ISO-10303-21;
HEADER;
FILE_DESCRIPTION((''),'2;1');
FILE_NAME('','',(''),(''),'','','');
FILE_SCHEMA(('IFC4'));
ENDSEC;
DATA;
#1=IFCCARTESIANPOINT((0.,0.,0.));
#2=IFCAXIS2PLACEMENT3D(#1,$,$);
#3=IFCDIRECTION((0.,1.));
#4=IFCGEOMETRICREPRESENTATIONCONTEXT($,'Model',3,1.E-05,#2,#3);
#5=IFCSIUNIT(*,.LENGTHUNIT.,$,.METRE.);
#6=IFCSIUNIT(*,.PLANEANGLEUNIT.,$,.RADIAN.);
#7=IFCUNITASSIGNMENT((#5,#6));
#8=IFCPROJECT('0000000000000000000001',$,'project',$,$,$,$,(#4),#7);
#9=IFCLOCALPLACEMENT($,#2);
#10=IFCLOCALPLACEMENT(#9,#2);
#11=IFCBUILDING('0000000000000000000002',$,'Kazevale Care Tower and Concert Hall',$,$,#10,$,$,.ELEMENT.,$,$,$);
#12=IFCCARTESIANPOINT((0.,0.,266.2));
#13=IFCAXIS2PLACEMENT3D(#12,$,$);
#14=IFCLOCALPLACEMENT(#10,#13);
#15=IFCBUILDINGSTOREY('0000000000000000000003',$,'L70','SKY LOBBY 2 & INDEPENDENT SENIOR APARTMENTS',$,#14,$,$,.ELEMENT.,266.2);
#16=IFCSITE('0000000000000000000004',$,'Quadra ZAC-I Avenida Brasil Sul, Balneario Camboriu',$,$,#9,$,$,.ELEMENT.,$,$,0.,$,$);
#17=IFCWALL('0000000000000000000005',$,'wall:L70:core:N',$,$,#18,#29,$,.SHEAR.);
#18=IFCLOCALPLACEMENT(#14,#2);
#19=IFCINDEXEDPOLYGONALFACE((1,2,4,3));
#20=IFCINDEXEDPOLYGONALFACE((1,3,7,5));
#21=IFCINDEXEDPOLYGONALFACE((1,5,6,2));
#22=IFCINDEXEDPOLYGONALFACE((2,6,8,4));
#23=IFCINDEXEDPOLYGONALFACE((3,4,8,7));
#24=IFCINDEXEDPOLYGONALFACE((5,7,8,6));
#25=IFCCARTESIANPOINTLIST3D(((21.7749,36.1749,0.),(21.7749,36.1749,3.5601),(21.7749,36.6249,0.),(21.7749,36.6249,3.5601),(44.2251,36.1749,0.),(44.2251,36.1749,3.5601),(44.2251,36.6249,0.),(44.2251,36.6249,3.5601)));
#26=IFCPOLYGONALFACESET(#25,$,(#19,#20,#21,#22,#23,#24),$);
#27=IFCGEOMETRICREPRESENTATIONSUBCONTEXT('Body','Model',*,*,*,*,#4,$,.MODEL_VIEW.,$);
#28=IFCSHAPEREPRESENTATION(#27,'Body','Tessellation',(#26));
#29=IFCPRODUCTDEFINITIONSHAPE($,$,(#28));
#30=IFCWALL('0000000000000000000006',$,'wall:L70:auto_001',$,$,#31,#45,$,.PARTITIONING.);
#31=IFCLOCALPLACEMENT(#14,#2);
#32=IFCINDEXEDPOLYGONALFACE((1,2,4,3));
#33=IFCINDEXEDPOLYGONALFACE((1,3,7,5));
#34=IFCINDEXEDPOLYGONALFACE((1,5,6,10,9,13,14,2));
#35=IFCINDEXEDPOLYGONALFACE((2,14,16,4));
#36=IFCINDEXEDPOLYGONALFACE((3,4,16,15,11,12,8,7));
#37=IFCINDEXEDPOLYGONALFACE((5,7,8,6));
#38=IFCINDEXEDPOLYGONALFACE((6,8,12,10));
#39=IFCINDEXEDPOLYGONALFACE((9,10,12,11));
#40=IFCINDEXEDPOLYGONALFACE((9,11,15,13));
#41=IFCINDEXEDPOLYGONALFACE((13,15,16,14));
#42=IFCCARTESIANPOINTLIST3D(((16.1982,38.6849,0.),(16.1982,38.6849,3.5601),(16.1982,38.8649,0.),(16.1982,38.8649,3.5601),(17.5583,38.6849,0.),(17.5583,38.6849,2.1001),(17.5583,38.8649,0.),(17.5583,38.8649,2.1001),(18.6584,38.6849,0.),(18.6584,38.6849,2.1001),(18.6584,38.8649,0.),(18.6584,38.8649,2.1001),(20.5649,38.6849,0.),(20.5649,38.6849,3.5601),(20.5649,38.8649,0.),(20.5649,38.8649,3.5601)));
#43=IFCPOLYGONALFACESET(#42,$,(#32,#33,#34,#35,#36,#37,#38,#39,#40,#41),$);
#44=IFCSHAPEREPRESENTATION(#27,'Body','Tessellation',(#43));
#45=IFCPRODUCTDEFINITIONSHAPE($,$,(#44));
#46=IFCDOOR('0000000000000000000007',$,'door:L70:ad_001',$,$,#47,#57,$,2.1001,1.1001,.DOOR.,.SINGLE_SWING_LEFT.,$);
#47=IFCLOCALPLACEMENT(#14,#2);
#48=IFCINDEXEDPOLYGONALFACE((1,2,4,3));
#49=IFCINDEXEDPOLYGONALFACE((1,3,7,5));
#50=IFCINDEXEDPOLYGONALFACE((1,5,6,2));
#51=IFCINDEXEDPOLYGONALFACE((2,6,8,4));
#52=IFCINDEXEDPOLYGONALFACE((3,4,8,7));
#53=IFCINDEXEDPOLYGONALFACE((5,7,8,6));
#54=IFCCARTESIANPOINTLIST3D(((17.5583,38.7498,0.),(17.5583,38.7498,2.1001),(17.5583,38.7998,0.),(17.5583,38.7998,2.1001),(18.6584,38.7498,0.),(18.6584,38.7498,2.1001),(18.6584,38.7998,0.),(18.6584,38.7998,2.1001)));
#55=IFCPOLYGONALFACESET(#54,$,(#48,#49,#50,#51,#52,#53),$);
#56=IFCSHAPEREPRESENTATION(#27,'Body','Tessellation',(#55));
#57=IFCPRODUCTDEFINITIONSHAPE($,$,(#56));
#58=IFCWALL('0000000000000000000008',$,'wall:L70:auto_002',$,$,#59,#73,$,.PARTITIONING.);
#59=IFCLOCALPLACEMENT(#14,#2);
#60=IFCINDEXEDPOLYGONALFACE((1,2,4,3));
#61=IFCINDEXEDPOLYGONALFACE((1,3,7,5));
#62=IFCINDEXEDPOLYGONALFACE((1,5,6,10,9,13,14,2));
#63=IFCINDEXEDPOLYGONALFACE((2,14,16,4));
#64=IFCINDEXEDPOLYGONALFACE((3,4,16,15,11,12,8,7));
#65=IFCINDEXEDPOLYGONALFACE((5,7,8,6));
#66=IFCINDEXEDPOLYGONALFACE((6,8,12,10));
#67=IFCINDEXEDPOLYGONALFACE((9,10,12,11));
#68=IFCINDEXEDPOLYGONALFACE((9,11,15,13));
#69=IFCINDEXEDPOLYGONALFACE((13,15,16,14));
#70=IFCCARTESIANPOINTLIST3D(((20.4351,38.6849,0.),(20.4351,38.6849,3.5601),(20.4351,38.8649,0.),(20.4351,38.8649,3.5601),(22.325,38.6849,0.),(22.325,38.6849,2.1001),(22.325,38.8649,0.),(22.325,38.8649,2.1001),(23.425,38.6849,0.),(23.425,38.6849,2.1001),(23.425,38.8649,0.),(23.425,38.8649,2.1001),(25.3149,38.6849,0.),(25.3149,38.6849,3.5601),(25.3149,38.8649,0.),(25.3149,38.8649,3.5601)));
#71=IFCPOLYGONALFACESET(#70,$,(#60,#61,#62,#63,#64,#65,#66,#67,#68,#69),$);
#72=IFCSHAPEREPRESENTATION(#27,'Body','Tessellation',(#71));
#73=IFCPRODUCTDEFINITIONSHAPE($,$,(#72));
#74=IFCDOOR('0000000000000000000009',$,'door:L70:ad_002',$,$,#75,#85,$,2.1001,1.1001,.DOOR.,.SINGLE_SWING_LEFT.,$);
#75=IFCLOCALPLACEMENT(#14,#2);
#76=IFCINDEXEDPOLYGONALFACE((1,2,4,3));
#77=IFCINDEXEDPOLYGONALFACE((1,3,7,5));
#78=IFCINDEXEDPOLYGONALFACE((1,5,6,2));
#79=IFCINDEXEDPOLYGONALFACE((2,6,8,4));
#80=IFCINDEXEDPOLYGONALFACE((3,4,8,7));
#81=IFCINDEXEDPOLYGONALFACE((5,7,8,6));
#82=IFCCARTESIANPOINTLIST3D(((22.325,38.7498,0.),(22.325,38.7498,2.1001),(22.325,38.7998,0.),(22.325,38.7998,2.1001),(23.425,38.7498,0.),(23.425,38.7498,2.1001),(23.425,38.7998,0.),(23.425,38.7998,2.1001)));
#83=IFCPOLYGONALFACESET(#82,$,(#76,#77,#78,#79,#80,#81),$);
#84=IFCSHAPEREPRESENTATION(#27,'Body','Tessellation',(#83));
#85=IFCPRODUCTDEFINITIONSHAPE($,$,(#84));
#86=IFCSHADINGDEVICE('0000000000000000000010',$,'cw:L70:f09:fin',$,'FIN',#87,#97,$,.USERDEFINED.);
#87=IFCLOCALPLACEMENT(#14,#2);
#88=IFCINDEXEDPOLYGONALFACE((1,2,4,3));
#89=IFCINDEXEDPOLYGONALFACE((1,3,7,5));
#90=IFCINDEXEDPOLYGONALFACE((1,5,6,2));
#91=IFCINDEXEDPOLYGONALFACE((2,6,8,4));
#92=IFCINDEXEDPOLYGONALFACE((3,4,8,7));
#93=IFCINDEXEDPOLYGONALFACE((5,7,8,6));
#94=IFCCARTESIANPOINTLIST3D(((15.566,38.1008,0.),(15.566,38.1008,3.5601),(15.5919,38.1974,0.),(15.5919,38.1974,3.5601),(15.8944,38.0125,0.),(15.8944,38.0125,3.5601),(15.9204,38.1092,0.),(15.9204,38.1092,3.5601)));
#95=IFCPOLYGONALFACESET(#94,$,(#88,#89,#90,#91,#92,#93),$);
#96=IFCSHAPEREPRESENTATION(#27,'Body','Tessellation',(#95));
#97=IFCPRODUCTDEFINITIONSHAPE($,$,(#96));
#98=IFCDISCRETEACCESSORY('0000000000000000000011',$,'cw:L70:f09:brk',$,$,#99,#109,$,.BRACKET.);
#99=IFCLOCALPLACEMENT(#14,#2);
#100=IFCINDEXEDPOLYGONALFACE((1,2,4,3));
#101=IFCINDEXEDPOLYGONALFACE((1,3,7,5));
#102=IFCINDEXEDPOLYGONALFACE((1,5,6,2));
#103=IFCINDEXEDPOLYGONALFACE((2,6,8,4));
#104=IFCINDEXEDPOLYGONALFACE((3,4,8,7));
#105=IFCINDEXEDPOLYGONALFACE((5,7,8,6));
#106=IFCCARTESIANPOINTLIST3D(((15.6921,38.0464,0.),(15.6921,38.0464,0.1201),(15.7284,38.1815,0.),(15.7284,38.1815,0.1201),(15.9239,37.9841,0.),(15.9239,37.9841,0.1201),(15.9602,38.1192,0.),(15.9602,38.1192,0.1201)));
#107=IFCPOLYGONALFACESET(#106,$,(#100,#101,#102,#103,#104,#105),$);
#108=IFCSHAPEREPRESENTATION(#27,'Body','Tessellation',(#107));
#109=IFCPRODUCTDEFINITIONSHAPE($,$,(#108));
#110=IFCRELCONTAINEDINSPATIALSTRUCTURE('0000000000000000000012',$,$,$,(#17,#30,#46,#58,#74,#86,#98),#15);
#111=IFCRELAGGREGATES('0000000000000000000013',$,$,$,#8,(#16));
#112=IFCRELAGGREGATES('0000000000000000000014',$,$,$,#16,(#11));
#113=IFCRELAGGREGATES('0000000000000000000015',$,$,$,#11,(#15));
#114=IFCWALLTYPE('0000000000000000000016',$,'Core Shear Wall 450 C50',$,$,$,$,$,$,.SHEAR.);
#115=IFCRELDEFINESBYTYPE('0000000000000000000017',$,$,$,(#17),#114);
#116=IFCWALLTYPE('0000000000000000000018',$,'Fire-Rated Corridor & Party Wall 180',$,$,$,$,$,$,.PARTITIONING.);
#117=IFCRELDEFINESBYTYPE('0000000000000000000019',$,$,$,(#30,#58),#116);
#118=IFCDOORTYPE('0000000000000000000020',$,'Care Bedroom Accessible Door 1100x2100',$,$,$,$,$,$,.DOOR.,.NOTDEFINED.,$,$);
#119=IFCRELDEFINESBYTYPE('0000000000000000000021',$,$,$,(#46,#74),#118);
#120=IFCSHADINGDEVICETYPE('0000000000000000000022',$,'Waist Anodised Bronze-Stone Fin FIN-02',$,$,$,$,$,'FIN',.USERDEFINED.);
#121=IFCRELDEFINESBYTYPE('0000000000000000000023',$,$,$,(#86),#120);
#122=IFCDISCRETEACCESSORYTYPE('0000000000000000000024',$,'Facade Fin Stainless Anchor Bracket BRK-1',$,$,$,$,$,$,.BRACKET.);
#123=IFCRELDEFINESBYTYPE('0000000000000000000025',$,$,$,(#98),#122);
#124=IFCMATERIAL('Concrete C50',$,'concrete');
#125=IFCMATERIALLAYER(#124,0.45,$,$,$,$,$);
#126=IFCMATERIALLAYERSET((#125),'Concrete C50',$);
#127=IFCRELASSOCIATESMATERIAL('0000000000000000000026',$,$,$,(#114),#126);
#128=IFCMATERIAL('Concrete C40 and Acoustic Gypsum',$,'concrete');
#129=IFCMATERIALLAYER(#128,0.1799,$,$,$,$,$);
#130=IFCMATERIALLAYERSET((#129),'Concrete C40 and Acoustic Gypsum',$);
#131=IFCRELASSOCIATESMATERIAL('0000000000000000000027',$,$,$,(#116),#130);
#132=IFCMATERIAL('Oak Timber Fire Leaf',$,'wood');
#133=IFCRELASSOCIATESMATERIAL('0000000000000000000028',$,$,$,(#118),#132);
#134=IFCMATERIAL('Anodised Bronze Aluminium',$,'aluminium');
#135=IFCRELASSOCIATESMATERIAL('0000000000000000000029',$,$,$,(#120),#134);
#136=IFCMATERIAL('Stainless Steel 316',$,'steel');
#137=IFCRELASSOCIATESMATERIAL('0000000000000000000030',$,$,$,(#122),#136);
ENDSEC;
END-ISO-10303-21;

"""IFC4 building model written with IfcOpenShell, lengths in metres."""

from ifc_helpers import new_model, si_unit, direction, frame, frame_2d, origin, origin_2d, place, context, subcontext, project, spatial, rectangle, extrude, material, layer, layer_set, type_object, element, fill, save


model = new_model("IFC4")

# Units and contexts
model_context = context("Model", 3, precision=1e-05, world=origin(), true_north=direction((0.0, 1.0)))
body_context = subcontext(model_context, "Body", "Model", "MODEL_VIEW")
ifc_project = project(units=[si_unit("LENGTHUNIT", "METRE"), si_unit("PLANEANGLEUNIT", "RADIAN")], contexts=[model_context])

# Site, building, storey
site_placement = place(None, origin())
site = spatial("IfcSite", under=ifc_project, at=site_placement, Name="Quadra ZAC-I Avenida Brasil Sul, Balneario Camboriu", CompositionType="ELEMENT", RefElevation=0.0)
building_placement = place(site_placement, origin())
building = spatial("IfcBuilding", under=site, at=building_placement, Name="Kazevale Care Tower and Concert Hall", CompositionType="ELEMENT")
storey_placement = place(building_placement, frame((0.0, 0.0, 266.2)))
storey = spatial("IfcBuildingStorey", under=building, at=storey_placement, Name="L70", Description="SKY LOBBY 2 & INDEPENDENT SENIOR APARTMENTS", CompositionType="ELEMENT", Elevation=266.2)

# Shared definitions
ifc_material_1 = material(Name="Concrete C50", Category="concrete")

# Wall
ifc_layer_1 = layer(ifc_material_1, 0.45)
ifc_layer_set_1 = layer_set([ifc_layer_1], Name="Concrete C50")
wall_type_1 = type_object("IfcWallType", Name="Core Shear Wall 450 C50", PredefinedType="SHEAR", material=ifc_layer_set_1)
wall_1_placement = place(storey_placement, frame((21.7749, 36.3999, 0.0), z_axis=(0.0, 0.0, 1.0), x_axis=(1.0, 0.0, 0.0)))
element("IfcWall", 1, at=wall_1_placement, inside=storey, type_object=wall_type_1, Name="wall:L70:core:N", PredefinedType="SHEAR", context=body_context, shape_type="SweptSolid", body=[
    extrude(rectangle(XDim=22.4502, YDim=0.45, at=frame_2d((11.2251, 0.0))), origin(), (0.0, 0.0, 1.0), 3.5601),
])

# Walls, openings, doors
ifc_material_2 = material(Name="Concrete C40 and Acoustic Gypsum", Category="concrete")
ifc_layer_2 = layer(ifc_material_2, 0.1799)
ifc_layer_set_2 = layer_set([ifc_layer_2], Name="Concrete C40 and Acoustic Gypsum")
wall_type_2 = type_object("IfcWallType", Name="Fire-Rated Corridor & Party Wall 180", PredefinedType="PARTITIONING", material=ifc_layer_set_2)
wall_2_placement = place(storey_placement, frame((16.1982, 38.7749, 0.0), z_axis=(0.0, 0.0, 1.0), x_axis=(1.0, 0.0, 0.0)))
wall_2 = element("IfcWall", 2, at=wall_2_placement, inside=storey, type_object=wall_type_2, Name="wall:L70:auto_001", PredefinedType="PARTITIONING", context=body_context, shape_type="SweptSolid", body=[
    extrude(rectangle(XDim=4.3667, YDim=0.1799, at=frame_2d((2.1833, 0.0))), origin(), (0.0, 0.0, 1.0), 3.5601),
])
opening_1_placement = place(wall_2_placement, frame((1.3601, 0.0, 0.0)))
opening_1 = element("IfcOpeningElement", 3, at=opening_1_placement, cuts=wall_2, PredefinedType="OPENING", context=body_context, shape_type="SweptSolid", body=[
    extrude(rectangle(XDim=1.1001, YDim=2.1001, at=frame_2d((0.55, 1.05))), frame((0.0, 0.0999, 0.0), z_axis=(0.0, -1.0, 0.0), x_axis=(1.0, 0.0, 0.0)), (0.0, 0.0, 1.0), 0.2),
])
ifc_material_3 = material(Name="Oak Timber Fire Leaf", Category="wood")
door_type = type_object("IfcDoorType", Name="Care Bedroom Accessible Door 1100x2100", OperationType="NOTDEFINED", PredefinedType="DOOR", material=ifc_material_3)
door_1_placement = place(opening_1_placement, origin())
door_1 = element("IfcDoor", 4, at=door_1_placement, inside=storey, type_object=door_type, Name="door:L70:ad_001", OperationType="SINGLE_SWING_LEFT", OverallHeight=2.1001, OverallWidth=1.1001, PredefinedType="DOOR", context=body_context, shape_type="SweptSolid", body=[
    extrude(rectangle(XDim=1.1001, YDim=2.1001, at=frame_2d((0.55, 1.05))), frame((0.0, 0.0249, 0.0), z_axis=(0.0, -1.0, 0.0), x_axis=(1.0, 0.0, 0.0)), (0.0, 0.0, 1.0), 0.05),
])
fill(opening_1, door_1)
wall_3_placement = place(storey_placement, frame((20.4351, 38.7749, 0.0), z_axis=(0.0, 0.0, 1.0), x_axis=(1.0, 0.0, 0.0)))
wall_3 = element("IfcWall", 5, at=wall_3_placement, inside=storey, type_object=wall_type_2, Name="wall:L70:auto_002", PredefinedType="PARTITIONING", context=body_context, shape_type="SweptSolid", body=[
    extrude(rectangle(XDim=4.8799, YDim=0.1799, at=frame_2d((2.4399, 0.0))), origin(), (0.0, 0.0, 1.0), 3.5601),
])
opening_2_placement = place(wall_3_placement, frame((1.8899, 0.0, 0.0)))
opening_2 = element("IfcOpeningElement", 6, at=opening_2_placement, cuts=wall_3, PredefinedType="OPENING", context=body_context, shape_type="SweptSolid", body=[
    extrude(rectangle(XDim=1.1001, YDim=2.1001, at=frame_2d((0.55, 1.05))), frame((0.0, 0.0999, 0.0), z_axis=(0.0, -1.0, 0.0), x_axis=(1.0, 0.0, 0.0)), (0.0, 0.0, 1.0), 0.2),
])
door_2_placement = place(opening_2_placement, origin())
door_2 = element("IfcDoor", 7, at=door_2_placement, inside=storey, type_object=door_type, Name="door:L70:ad_002", OperationType="SINGLE_SWING_LEFT", OverallHeight=2.1001, OverallWidth=1.1001, PredefinedType="DOOR", context=body_context, shape_type="SweptSolid", body=[
    extrude(rectangle(XDim=1.1001, YDim=2.1001, at=frame_2d((0.55, 1.05))), frame((0.0, 0.0249, 0.0), z_axis=(0.0, -1.0, 0.0), x_axis=(1.0, 0.0, 0.0)), (0.0, 0.0, 1.0), 0.05),
])
fill(opening_2, door_2)

# Shading device
ifc_material_4 = material(Name="Anodised Bronze Aluminium", Category="aluminium")
shading_device_type = type_object("IfcShadingDeviceType", Name="Waist Anodised Bronze-Stone Fin FIN-02", ElementType="FIN", PredefinedType="USERDEFINED", material=ifc_material_4)
shading_device_placement = place(storey_placement, frame((15.7432, 38.105, 0.0), z_axis=(0.0, 0.0, 1.0), x_axis=(-0.965745, 0.259493, 0.0)))
element("IfcShadingDevice", 8, at=shading_device_placement, inside=storey, type_object=shading_device_type, Name="cw:L70:f09:fin", ObjectType="FIN", PredefinedType="USERDEFINED", context=body_context, shape_type="SweptSolid", body=[
    extrude(rectangle(XDim=0.3401, YDim=0.1001, at=origin_2d()), origin(), (0.0, 0.0, 1.0), 3.5601),
])

# Discrete accessory
ifc_material_5 = material(Name="Stainless Steel 316", Category="steel")
discrete_accessory_type = type_object("IfcDiscreteAccessoryType", Name="Facade Fin Stainless Anchor Bracket BRK-1", PredefinedType="BRACKET", material=ifc_material_5)
discrete_accessory_placement = place(storey_placement, frame((15.8262, 38.0828, 0.0), z_axis=(0.0, 0.0, 1.0), x_axis=(-0.965745, 0.259493, 0.0)))
element("IfcDiscreteAccessory", 9, at=discrete_accessory_placement, inside=storey, type_object=discrete_accessory_type, Name="cw:L70:f09:brk", PredefinedType="BRACKET", context=body_context, shape_type="SweptSolid", body=[
    extrude(rectangle(XDim=0.24, YDim=0.1399, at=origin_2d()), origin(), (0.0, 0.0, 1.0), 0.1201),
])

save(model, "model.ifc")
